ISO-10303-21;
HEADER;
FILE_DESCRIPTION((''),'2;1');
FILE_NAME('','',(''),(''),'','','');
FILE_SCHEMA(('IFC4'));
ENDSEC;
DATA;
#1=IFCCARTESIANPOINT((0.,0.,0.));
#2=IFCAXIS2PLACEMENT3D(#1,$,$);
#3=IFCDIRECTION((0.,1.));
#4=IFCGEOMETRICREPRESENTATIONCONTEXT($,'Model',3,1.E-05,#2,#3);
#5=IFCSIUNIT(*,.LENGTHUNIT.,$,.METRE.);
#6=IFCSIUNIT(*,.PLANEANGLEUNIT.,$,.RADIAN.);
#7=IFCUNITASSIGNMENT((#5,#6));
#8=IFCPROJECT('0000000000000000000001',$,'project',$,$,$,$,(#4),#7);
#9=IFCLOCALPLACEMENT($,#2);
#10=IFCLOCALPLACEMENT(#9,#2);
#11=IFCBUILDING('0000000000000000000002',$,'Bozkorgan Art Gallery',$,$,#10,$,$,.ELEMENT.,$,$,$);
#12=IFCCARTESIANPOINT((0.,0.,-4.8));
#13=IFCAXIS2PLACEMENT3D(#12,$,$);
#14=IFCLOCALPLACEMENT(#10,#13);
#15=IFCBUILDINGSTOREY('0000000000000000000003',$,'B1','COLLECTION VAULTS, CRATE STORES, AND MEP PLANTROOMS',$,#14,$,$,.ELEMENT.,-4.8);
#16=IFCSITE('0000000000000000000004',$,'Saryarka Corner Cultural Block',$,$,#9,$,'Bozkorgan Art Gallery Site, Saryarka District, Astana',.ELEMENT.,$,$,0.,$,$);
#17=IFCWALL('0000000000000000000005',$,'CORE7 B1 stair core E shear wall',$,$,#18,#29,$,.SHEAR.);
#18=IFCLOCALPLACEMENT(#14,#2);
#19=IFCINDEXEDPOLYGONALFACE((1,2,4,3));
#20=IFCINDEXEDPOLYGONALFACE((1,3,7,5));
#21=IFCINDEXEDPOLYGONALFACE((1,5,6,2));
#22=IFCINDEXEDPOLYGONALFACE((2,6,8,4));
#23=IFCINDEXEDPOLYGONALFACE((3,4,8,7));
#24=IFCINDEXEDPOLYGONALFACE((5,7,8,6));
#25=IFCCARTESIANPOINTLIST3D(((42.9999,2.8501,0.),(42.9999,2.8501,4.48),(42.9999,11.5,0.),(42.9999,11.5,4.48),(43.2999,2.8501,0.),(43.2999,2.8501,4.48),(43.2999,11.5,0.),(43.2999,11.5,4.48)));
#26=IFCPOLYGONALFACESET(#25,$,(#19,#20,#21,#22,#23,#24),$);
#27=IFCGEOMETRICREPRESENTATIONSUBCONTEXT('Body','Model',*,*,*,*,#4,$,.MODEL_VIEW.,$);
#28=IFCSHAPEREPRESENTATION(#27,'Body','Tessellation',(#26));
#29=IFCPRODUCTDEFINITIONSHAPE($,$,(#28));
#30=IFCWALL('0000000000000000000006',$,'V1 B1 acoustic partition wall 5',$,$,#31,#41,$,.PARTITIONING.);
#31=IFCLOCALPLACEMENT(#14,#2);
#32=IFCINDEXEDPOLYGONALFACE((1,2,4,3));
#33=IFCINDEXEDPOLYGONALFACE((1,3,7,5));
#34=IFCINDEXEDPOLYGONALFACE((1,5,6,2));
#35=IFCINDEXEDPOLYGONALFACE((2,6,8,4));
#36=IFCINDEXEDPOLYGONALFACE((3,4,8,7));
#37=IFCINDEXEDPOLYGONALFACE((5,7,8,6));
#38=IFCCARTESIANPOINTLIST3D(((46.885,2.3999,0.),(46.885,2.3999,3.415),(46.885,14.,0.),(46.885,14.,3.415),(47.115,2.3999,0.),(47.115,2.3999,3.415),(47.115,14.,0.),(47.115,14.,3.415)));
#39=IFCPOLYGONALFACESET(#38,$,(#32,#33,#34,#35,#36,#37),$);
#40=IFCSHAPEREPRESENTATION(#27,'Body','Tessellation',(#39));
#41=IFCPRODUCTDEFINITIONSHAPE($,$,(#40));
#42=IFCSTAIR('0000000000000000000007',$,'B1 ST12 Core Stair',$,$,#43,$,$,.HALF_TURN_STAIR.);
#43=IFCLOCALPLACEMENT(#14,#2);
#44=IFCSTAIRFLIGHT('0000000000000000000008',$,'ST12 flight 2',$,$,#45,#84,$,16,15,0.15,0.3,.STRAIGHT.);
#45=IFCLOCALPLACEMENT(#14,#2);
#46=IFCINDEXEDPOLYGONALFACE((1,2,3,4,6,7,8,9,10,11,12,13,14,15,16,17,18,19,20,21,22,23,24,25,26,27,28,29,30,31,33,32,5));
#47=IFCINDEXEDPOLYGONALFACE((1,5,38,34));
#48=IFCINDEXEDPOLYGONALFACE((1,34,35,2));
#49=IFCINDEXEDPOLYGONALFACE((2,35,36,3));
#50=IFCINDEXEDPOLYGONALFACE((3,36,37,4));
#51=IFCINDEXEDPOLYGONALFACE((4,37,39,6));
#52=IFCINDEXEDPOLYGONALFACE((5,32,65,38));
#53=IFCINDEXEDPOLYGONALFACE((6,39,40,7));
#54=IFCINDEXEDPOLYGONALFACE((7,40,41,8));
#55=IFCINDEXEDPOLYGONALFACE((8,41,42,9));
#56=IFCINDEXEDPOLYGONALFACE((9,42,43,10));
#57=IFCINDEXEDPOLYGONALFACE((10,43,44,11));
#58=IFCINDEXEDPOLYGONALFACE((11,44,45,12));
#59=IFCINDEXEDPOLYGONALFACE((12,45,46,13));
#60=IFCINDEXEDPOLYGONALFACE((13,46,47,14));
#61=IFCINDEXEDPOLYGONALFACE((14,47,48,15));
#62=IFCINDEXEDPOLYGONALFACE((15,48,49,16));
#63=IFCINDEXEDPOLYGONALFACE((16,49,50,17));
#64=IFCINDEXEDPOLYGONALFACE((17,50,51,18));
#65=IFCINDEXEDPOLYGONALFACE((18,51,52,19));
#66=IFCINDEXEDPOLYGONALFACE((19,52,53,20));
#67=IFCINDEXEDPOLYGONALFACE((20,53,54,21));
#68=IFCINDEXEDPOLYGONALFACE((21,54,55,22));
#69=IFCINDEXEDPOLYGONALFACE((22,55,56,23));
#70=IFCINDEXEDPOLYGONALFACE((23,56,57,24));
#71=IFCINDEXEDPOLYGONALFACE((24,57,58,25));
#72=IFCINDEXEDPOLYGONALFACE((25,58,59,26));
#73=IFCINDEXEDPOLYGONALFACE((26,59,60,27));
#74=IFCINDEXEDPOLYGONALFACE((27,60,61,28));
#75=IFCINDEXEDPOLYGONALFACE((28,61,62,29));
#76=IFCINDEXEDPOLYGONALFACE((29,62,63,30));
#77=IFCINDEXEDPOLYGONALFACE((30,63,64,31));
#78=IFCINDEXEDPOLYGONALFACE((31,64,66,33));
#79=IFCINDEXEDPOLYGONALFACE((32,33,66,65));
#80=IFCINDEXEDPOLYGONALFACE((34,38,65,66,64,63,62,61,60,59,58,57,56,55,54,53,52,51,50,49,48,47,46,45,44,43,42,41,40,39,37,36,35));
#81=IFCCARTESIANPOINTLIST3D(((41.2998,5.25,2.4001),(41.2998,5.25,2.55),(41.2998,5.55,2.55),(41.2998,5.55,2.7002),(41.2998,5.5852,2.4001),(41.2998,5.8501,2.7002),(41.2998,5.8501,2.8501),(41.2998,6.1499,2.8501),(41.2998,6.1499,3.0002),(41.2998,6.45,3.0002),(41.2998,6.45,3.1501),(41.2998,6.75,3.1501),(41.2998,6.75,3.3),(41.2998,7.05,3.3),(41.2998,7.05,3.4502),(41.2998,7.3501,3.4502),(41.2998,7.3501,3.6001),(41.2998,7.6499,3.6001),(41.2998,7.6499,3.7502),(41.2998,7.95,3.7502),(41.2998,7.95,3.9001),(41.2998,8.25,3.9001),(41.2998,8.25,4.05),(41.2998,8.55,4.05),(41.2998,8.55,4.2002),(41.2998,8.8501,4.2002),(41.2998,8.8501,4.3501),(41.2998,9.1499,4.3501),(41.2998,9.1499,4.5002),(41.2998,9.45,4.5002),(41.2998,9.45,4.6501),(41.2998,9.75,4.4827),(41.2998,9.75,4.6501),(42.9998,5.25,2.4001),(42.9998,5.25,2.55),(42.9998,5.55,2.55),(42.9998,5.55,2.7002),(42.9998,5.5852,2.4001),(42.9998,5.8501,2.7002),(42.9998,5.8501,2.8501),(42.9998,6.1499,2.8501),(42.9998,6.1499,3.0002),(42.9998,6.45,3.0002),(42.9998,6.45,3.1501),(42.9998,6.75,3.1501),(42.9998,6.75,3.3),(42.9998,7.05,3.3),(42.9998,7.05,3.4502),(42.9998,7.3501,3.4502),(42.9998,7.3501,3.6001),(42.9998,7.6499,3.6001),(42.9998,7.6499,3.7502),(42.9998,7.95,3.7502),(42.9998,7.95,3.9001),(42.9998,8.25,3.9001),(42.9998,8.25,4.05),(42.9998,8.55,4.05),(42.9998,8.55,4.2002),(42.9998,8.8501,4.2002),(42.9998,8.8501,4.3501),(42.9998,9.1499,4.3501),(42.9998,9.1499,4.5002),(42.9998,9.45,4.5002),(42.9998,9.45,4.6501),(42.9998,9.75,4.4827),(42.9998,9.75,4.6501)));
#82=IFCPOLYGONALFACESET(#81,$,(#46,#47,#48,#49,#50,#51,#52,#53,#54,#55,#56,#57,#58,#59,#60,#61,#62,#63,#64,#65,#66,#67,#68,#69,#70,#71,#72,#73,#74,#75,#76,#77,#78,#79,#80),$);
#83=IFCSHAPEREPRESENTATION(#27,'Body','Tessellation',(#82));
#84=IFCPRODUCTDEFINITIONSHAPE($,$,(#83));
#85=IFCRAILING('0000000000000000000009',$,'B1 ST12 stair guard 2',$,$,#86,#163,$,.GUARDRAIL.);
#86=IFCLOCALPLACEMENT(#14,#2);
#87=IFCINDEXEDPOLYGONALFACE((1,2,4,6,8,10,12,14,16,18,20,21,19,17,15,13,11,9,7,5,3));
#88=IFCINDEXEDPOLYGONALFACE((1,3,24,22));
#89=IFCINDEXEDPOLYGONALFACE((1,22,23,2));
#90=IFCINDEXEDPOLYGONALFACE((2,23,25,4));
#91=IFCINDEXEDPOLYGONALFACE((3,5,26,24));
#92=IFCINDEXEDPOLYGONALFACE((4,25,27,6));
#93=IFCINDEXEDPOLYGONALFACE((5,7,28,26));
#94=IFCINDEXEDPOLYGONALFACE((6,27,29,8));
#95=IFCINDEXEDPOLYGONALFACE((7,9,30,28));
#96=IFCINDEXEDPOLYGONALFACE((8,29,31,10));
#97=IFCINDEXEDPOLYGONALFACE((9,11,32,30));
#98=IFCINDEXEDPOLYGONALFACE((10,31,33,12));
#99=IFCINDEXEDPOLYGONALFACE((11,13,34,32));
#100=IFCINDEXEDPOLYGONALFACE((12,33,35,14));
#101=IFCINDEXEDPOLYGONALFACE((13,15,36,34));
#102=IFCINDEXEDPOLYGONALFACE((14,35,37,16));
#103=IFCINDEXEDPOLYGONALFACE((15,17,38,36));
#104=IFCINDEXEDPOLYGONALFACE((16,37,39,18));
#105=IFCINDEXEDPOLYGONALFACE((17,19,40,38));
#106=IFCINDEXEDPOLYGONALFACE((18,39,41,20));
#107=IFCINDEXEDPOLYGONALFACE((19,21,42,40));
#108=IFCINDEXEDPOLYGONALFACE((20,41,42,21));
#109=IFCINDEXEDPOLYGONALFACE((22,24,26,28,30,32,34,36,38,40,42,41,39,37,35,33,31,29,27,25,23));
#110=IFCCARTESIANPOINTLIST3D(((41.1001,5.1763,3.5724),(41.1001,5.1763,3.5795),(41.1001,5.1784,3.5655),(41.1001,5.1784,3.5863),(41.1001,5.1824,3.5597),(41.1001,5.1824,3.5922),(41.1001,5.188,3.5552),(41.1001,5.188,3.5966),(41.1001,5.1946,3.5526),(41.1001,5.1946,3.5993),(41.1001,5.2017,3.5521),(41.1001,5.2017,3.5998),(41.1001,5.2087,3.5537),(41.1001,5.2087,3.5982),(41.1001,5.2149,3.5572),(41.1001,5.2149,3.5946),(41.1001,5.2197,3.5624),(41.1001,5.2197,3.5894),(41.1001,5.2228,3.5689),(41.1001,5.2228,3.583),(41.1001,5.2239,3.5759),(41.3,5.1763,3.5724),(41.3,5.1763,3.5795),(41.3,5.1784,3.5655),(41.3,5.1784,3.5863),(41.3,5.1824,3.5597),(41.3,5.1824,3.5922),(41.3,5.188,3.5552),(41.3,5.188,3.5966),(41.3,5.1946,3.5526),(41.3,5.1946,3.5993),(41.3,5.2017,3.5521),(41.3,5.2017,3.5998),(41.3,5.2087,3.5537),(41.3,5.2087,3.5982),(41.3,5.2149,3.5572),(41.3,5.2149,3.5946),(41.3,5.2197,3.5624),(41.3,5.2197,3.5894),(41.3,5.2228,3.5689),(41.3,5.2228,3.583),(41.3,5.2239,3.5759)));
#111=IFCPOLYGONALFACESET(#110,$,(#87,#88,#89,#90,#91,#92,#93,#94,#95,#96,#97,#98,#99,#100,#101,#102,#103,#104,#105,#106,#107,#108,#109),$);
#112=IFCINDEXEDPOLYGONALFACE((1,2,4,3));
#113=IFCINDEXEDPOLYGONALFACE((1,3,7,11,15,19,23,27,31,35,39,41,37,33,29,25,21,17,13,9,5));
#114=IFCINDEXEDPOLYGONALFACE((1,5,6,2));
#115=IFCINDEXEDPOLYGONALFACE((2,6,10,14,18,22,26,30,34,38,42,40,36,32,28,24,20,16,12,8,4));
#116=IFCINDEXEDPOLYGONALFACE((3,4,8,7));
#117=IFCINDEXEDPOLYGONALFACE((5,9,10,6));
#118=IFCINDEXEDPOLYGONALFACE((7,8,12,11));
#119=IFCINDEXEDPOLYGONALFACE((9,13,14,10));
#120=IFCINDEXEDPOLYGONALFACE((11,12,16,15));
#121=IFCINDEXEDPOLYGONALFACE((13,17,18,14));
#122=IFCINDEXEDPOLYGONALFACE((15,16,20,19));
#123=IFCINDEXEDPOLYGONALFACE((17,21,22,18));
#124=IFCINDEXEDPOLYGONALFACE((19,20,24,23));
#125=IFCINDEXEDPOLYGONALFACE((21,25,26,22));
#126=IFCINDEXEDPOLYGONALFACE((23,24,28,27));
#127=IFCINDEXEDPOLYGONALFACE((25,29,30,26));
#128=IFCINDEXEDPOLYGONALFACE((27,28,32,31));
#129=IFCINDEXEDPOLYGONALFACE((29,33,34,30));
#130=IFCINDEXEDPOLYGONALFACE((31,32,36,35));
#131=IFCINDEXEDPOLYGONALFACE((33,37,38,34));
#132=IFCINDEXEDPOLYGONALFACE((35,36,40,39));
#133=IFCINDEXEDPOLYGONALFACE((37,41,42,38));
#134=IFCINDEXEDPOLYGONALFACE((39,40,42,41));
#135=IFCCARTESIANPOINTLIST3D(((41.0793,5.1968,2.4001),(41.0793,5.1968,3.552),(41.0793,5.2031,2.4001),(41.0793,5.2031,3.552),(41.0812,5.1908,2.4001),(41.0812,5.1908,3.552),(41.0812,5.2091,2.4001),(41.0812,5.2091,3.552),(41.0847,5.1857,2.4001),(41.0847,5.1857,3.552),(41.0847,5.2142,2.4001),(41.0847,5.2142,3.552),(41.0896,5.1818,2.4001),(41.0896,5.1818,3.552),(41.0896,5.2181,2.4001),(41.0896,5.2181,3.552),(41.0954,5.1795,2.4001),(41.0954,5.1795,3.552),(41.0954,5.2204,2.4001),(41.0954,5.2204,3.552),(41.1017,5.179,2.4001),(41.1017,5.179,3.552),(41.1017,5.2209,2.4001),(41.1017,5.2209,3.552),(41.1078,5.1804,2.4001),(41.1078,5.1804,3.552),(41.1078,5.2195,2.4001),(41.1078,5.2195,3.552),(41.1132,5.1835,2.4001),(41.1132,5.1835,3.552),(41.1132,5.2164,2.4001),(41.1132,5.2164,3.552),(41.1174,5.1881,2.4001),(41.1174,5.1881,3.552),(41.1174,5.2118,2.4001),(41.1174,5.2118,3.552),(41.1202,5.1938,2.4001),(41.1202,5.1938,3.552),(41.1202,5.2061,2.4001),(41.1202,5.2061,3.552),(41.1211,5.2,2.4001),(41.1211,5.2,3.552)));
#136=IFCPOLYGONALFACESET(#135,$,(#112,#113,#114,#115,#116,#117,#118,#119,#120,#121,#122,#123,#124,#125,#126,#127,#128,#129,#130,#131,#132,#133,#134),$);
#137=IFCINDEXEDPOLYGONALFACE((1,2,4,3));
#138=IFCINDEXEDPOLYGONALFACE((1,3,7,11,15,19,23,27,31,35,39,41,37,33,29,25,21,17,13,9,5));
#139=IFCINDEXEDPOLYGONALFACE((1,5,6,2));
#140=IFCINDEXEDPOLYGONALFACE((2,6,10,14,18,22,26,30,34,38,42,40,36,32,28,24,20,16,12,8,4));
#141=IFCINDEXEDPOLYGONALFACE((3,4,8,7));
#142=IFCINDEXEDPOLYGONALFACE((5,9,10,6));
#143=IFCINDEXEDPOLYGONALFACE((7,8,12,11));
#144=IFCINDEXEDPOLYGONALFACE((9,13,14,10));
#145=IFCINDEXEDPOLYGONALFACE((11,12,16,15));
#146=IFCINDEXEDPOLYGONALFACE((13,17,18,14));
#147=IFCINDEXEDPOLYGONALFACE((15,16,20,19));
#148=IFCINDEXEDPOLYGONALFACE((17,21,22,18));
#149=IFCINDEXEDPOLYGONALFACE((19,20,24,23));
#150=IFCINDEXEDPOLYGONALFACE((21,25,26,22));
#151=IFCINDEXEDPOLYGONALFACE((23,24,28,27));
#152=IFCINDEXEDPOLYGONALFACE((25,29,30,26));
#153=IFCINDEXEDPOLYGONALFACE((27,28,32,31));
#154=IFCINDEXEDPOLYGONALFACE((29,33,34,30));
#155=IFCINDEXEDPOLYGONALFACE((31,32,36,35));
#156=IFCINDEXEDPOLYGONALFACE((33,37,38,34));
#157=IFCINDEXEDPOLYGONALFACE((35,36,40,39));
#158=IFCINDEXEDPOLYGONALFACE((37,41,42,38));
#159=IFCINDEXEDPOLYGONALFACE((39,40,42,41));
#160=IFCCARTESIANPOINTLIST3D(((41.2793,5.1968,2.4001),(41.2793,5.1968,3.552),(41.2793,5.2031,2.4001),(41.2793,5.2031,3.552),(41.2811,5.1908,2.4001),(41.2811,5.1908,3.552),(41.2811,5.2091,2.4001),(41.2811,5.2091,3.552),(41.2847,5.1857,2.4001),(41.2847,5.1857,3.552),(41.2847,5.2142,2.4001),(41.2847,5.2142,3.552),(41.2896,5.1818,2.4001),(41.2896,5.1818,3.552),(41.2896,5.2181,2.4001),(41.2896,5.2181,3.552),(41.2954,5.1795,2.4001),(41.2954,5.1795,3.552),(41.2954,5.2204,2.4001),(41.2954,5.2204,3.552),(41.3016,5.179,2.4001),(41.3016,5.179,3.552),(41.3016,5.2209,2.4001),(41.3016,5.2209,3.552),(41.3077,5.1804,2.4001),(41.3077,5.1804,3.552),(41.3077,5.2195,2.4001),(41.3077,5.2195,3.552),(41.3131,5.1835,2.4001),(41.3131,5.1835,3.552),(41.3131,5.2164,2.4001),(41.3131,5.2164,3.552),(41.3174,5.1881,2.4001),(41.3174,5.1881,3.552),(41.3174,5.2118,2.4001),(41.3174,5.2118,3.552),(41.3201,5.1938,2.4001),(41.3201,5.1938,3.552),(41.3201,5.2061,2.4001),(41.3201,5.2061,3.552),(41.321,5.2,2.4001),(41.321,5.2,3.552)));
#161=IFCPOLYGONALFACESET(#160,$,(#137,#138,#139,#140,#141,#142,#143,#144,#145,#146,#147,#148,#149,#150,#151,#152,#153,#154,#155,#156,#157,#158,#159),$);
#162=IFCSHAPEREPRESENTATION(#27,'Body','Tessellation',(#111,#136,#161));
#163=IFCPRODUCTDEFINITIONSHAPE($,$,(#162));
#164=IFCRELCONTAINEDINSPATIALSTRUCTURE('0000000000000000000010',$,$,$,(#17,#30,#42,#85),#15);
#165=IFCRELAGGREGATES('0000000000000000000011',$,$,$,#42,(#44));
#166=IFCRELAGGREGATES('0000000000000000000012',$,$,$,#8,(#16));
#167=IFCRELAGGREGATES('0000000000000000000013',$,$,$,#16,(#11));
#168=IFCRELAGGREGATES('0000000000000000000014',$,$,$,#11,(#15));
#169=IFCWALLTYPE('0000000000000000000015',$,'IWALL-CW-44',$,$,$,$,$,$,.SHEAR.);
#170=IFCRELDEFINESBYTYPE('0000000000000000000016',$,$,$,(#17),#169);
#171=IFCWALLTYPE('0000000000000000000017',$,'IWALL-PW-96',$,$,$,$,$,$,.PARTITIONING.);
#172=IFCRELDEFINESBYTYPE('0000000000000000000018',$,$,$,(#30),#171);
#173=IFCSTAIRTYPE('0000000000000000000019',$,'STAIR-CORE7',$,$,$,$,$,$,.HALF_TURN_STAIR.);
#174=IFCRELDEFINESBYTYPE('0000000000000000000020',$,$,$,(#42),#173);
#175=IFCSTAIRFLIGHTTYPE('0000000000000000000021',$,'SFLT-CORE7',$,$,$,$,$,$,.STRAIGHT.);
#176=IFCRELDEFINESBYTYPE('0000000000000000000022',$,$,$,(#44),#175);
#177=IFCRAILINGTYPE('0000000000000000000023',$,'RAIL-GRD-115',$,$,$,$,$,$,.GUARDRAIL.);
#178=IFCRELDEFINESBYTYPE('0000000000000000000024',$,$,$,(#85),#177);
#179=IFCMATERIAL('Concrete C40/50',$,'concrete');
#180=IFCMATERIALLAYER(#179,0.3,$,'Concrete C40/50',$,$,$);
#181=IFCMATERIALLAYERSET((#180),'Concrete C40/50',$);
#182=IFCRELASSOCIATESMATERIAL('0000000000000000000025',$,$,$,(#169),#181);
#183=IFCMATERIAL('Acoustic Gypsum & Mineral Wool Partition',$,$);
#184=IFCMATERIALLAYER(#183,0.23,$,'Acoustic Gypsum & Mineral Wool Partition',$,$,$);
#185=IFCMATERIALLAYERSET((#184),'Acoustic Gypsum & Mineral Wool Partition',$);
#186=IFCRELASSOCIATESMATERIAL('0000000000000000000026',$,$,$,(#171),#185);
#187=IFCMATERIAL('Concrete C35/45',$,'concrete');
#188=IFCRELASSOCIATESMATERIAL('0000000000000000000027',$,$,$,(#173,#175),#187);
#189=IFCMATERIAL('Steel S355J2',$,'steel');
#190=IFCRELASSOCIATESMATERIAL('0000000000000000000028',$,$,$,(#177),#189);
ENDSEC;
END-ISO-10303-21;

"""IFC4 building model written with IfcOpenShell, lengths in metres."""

from ifc_helpers import new_model, si_unit, direction, frame, frame_2d, origin, origin_2d, place, context, subcontext, project, spatial, polyline, rectangle, circle, outline, extrude, material, layer, layer_set, type_object, element, aggregate, save


model = new_model("IFC4")

# Units and contexts
model_context = context("Model", 3, precision=1e-05, world=origin(), true_north=direction((0.0, 1.0)))
body_context = subcontext(model_context, "Body", "Model", "MODEL_VIEW")
ifc_project = project(units=[si_unit("LENGTHUNIT", "METRE"), si_unit("PLANEANGLEUNIT", "RADIAN")], contexts=[model_context])

# Site, building, storey
site_placement = place(None, origin())
site = spatial("IfcSite", under=ifc_project, at=site_placement, Name="Saryarka Corner Cultural Block", LongName="Bozkorgan Art Gallery Site, Saryarka District, Astana", CompositionType="ELEMENT", RefElevation=0.0)
building_placement = place(site_placement, origin())
building = spatial("IfcBuilding", under=site, at=building_placement, Name="Bozkorgan Art Gallery", CompositionType="ELEMENT")
storey_placement = place(building_placement, frame((0.0, 0.0, -4.8)))
storey = spatial("IfcBuildingStorey", under=building, at=storey_placement, Name="B1", Description="COLLECTION VAULTS, CRATE STORES, AND MEP PLANTROOMS", CompositionType="ELEMENT", Elevation=-4.8)

# Shared definitions
ifc_material_1 = material(Name="Concrete C40/50", Category="concrete")

# Shared definitions
ifc_material_2 = material(Name="Concrete C35/45", Category="concrete")
ifc_material_3 = material(Name="Steel S355J2", Category="steel")

# Walls
ifc_layer_1 = layer(ifc_material_1, 0.3, Name="Concrete C40/50")
ifc_layer_set_1 = layer_set([ifc_layer_1], Name="Concrete C40/50")
wall_type_1 = type_object("IfcWallType", Name="IWALL-CW-44", PredefinedType="SHEAR", material=ifc_layer_set_1)
for number, where, z_axis, x_axis, name in (
    (1, (43.1499, 2.8501, 0.0), (0.0, 0.0, 1.0), (0.0, 1.0, 0.0), "CORE7 B1 stair core E shear wall"),
):
    element("IfcWall", number, at=place(storey_placement, frame(where, z_axis=z_axis, x_axis=x_axis)), inside=storey, type_object=wall_type_1, Name=name, PredefinedType="SHEAR", context=body_context, shape_type="SweptSolid", body=[
        extrude(rectangle(XDim=8.6499, YDim=0.3, at=frame_2d((4.325, 0.0))), origin(), (0.0, 0.0, 1.0), 4.48),
    ])
ifc_material_4 = material(Name="Acoustic Gypsum & Mineral Wool Partition")
ifc_layer_2 = layer(ifc_material_4, 0.23, Name="Acoustic Gypsum & Mineral Wool Partition")
ifc_layer_set_2 = layer_set([ifc_layer_2], Name="Acoustic Gypsum & Mineral Wool Partition")
wall_type_2 = type_object("IfcWallType", Name="IWALL-PW-96", PredefinedType="PARTITIONING", material=ifc_layer_set_2)
wall_1_placement = place(storey_placement, frame((47.0, 2.3999, 0.0), z_axis=(0.0, 0.0, 1.0), x_axis=(0.0, 1.0, 0.0)))
element("IfcWall", 2, at=wall_1_placement, inside=storey, type_object=wall_type_2, Name="V1 B1 acoustic partition wall 5", PredefinedType="PARTITIONING", context=body_context, shape_type="SweptSolid", body=[
    extrude(rectangle(XDim=11.6001, YDim=0.23, at=frame_2d((5.8, 0.0))), origin(), (0.0, 0.0, 1.0), 3.415),
])

# Stair, stair flight
stair_type = type_object("IfcStairType", Name="STAIR-CORE7", PredefinedType="HALF_TURN_STAIR", material=ifc_material_2)
stair_placement = place(storey_placement, origin())
stair = element("IfcStair", 3, at=stair_placement, inside=storey, type_object=stair_type, Name="B1 ST12 Core Stair", PredefinedType="HALF_TURN_STAIR")
stair_flight_type = type_object("IfcStairFlightType", Name="SFLT-CORE7", PredefinedType="STRAIGHT", material=ifc_material_2)
stair_flight_placement = place(storey_placement, frame((42.1499, 5.25, 2.4001), z_axis=(0.0, 0.0, 1.0), x_axis=(0.0, 1.0, 0.0)))
stair_flight = element("IfcStairFlight", 4, at=stair_flight_placement, type_object=stair_flight_type, Name="ST12 flight 2", NumberOfRisers=16, NumberOfTreads=15, PredefinedType="STRAIGHT", RiserHeight=0.15, TreadLength=0.3, context=body_context, shape_type="SweptSolid", body=[
    extrude(outline(polyline([(0.0, 0.0), (0.0, 0.1499), (0.3, 0.1499), (0.3, 0.3), (0.6001, 0.3), (0.6001, 0.45), (0.8999, 0.45), (0.8999, 0.6001), (1.2, 0.6001), (1.2, 0.75), (1.5, 0.75), (1.5, 0.8999), (1.8, 0.8999), (1.8, 1.05), (2.1001, 1.05), (2.1001, 1.2), (2.3999, 1.2), (2.3999, 1.3501), (2.7, 1.3501), (2.7, 1.5), (3.0, 1.5), (3.0, 1.6499), (3.3, 1.6499), (3.3, 1.8), (3.6001, 1.8), (3.6001, 1.95), (3.8999, 1.95), (3.8999, 2.1001), (4.2, 2.1001), (4.2, 2.25), (4.5, 2.25), (4.5, 2.3999), (4.5, 2.0825), (0.3352, 0.0), (0.0, 0.0)])), frame((0.0, 0.8501, 0.0), z_axis=(0.0, -1.0, 0.0), x_axis=(1.0, 0.0, 0.0)), (0.0, 0.0, 1.0), 1.7),
])
aggregate(stair, [stair_flight])

# Railing
railing_type_1 = type_object("IfcRailingType", Name="RAIL-GRD-115", PredefinedType="GUARDRAIL", material=ifc_material_3)
railing_1_placement = place(storey_placement, frame((41.1001, 5.2, 2.4001)))
element("IfcRailing", 5, at=railing_1_placement, inside=storey, type_object=railing_type_1, Name="B1 ST12 stair guard 2", PredefinedType="GUARDRAIL", context=body_context, shape_type="SweptSolid", body=[
    extrude(circle(Radius=0.0239, at=origin_2d()), frame((0.0, 0.0, 1.1758), z_axis=(1.0, 0.0, 0.0), x_axis=(0.0, 1.0, 0.0)), (0.0, 0.0, 1.0), 0.2),
    extrude(circle(Radius=0.021, at=origin_2d()), origin(), (0.0, 0.0, 1.0), 1.1519),
    extrude(circle(Radius=0.021, at=origin_2d()), frame((0.2, 0.0, 0.0)), (0.0, 0.0, 1.0), 1.1519),
])

save(model, "model.ifc")
